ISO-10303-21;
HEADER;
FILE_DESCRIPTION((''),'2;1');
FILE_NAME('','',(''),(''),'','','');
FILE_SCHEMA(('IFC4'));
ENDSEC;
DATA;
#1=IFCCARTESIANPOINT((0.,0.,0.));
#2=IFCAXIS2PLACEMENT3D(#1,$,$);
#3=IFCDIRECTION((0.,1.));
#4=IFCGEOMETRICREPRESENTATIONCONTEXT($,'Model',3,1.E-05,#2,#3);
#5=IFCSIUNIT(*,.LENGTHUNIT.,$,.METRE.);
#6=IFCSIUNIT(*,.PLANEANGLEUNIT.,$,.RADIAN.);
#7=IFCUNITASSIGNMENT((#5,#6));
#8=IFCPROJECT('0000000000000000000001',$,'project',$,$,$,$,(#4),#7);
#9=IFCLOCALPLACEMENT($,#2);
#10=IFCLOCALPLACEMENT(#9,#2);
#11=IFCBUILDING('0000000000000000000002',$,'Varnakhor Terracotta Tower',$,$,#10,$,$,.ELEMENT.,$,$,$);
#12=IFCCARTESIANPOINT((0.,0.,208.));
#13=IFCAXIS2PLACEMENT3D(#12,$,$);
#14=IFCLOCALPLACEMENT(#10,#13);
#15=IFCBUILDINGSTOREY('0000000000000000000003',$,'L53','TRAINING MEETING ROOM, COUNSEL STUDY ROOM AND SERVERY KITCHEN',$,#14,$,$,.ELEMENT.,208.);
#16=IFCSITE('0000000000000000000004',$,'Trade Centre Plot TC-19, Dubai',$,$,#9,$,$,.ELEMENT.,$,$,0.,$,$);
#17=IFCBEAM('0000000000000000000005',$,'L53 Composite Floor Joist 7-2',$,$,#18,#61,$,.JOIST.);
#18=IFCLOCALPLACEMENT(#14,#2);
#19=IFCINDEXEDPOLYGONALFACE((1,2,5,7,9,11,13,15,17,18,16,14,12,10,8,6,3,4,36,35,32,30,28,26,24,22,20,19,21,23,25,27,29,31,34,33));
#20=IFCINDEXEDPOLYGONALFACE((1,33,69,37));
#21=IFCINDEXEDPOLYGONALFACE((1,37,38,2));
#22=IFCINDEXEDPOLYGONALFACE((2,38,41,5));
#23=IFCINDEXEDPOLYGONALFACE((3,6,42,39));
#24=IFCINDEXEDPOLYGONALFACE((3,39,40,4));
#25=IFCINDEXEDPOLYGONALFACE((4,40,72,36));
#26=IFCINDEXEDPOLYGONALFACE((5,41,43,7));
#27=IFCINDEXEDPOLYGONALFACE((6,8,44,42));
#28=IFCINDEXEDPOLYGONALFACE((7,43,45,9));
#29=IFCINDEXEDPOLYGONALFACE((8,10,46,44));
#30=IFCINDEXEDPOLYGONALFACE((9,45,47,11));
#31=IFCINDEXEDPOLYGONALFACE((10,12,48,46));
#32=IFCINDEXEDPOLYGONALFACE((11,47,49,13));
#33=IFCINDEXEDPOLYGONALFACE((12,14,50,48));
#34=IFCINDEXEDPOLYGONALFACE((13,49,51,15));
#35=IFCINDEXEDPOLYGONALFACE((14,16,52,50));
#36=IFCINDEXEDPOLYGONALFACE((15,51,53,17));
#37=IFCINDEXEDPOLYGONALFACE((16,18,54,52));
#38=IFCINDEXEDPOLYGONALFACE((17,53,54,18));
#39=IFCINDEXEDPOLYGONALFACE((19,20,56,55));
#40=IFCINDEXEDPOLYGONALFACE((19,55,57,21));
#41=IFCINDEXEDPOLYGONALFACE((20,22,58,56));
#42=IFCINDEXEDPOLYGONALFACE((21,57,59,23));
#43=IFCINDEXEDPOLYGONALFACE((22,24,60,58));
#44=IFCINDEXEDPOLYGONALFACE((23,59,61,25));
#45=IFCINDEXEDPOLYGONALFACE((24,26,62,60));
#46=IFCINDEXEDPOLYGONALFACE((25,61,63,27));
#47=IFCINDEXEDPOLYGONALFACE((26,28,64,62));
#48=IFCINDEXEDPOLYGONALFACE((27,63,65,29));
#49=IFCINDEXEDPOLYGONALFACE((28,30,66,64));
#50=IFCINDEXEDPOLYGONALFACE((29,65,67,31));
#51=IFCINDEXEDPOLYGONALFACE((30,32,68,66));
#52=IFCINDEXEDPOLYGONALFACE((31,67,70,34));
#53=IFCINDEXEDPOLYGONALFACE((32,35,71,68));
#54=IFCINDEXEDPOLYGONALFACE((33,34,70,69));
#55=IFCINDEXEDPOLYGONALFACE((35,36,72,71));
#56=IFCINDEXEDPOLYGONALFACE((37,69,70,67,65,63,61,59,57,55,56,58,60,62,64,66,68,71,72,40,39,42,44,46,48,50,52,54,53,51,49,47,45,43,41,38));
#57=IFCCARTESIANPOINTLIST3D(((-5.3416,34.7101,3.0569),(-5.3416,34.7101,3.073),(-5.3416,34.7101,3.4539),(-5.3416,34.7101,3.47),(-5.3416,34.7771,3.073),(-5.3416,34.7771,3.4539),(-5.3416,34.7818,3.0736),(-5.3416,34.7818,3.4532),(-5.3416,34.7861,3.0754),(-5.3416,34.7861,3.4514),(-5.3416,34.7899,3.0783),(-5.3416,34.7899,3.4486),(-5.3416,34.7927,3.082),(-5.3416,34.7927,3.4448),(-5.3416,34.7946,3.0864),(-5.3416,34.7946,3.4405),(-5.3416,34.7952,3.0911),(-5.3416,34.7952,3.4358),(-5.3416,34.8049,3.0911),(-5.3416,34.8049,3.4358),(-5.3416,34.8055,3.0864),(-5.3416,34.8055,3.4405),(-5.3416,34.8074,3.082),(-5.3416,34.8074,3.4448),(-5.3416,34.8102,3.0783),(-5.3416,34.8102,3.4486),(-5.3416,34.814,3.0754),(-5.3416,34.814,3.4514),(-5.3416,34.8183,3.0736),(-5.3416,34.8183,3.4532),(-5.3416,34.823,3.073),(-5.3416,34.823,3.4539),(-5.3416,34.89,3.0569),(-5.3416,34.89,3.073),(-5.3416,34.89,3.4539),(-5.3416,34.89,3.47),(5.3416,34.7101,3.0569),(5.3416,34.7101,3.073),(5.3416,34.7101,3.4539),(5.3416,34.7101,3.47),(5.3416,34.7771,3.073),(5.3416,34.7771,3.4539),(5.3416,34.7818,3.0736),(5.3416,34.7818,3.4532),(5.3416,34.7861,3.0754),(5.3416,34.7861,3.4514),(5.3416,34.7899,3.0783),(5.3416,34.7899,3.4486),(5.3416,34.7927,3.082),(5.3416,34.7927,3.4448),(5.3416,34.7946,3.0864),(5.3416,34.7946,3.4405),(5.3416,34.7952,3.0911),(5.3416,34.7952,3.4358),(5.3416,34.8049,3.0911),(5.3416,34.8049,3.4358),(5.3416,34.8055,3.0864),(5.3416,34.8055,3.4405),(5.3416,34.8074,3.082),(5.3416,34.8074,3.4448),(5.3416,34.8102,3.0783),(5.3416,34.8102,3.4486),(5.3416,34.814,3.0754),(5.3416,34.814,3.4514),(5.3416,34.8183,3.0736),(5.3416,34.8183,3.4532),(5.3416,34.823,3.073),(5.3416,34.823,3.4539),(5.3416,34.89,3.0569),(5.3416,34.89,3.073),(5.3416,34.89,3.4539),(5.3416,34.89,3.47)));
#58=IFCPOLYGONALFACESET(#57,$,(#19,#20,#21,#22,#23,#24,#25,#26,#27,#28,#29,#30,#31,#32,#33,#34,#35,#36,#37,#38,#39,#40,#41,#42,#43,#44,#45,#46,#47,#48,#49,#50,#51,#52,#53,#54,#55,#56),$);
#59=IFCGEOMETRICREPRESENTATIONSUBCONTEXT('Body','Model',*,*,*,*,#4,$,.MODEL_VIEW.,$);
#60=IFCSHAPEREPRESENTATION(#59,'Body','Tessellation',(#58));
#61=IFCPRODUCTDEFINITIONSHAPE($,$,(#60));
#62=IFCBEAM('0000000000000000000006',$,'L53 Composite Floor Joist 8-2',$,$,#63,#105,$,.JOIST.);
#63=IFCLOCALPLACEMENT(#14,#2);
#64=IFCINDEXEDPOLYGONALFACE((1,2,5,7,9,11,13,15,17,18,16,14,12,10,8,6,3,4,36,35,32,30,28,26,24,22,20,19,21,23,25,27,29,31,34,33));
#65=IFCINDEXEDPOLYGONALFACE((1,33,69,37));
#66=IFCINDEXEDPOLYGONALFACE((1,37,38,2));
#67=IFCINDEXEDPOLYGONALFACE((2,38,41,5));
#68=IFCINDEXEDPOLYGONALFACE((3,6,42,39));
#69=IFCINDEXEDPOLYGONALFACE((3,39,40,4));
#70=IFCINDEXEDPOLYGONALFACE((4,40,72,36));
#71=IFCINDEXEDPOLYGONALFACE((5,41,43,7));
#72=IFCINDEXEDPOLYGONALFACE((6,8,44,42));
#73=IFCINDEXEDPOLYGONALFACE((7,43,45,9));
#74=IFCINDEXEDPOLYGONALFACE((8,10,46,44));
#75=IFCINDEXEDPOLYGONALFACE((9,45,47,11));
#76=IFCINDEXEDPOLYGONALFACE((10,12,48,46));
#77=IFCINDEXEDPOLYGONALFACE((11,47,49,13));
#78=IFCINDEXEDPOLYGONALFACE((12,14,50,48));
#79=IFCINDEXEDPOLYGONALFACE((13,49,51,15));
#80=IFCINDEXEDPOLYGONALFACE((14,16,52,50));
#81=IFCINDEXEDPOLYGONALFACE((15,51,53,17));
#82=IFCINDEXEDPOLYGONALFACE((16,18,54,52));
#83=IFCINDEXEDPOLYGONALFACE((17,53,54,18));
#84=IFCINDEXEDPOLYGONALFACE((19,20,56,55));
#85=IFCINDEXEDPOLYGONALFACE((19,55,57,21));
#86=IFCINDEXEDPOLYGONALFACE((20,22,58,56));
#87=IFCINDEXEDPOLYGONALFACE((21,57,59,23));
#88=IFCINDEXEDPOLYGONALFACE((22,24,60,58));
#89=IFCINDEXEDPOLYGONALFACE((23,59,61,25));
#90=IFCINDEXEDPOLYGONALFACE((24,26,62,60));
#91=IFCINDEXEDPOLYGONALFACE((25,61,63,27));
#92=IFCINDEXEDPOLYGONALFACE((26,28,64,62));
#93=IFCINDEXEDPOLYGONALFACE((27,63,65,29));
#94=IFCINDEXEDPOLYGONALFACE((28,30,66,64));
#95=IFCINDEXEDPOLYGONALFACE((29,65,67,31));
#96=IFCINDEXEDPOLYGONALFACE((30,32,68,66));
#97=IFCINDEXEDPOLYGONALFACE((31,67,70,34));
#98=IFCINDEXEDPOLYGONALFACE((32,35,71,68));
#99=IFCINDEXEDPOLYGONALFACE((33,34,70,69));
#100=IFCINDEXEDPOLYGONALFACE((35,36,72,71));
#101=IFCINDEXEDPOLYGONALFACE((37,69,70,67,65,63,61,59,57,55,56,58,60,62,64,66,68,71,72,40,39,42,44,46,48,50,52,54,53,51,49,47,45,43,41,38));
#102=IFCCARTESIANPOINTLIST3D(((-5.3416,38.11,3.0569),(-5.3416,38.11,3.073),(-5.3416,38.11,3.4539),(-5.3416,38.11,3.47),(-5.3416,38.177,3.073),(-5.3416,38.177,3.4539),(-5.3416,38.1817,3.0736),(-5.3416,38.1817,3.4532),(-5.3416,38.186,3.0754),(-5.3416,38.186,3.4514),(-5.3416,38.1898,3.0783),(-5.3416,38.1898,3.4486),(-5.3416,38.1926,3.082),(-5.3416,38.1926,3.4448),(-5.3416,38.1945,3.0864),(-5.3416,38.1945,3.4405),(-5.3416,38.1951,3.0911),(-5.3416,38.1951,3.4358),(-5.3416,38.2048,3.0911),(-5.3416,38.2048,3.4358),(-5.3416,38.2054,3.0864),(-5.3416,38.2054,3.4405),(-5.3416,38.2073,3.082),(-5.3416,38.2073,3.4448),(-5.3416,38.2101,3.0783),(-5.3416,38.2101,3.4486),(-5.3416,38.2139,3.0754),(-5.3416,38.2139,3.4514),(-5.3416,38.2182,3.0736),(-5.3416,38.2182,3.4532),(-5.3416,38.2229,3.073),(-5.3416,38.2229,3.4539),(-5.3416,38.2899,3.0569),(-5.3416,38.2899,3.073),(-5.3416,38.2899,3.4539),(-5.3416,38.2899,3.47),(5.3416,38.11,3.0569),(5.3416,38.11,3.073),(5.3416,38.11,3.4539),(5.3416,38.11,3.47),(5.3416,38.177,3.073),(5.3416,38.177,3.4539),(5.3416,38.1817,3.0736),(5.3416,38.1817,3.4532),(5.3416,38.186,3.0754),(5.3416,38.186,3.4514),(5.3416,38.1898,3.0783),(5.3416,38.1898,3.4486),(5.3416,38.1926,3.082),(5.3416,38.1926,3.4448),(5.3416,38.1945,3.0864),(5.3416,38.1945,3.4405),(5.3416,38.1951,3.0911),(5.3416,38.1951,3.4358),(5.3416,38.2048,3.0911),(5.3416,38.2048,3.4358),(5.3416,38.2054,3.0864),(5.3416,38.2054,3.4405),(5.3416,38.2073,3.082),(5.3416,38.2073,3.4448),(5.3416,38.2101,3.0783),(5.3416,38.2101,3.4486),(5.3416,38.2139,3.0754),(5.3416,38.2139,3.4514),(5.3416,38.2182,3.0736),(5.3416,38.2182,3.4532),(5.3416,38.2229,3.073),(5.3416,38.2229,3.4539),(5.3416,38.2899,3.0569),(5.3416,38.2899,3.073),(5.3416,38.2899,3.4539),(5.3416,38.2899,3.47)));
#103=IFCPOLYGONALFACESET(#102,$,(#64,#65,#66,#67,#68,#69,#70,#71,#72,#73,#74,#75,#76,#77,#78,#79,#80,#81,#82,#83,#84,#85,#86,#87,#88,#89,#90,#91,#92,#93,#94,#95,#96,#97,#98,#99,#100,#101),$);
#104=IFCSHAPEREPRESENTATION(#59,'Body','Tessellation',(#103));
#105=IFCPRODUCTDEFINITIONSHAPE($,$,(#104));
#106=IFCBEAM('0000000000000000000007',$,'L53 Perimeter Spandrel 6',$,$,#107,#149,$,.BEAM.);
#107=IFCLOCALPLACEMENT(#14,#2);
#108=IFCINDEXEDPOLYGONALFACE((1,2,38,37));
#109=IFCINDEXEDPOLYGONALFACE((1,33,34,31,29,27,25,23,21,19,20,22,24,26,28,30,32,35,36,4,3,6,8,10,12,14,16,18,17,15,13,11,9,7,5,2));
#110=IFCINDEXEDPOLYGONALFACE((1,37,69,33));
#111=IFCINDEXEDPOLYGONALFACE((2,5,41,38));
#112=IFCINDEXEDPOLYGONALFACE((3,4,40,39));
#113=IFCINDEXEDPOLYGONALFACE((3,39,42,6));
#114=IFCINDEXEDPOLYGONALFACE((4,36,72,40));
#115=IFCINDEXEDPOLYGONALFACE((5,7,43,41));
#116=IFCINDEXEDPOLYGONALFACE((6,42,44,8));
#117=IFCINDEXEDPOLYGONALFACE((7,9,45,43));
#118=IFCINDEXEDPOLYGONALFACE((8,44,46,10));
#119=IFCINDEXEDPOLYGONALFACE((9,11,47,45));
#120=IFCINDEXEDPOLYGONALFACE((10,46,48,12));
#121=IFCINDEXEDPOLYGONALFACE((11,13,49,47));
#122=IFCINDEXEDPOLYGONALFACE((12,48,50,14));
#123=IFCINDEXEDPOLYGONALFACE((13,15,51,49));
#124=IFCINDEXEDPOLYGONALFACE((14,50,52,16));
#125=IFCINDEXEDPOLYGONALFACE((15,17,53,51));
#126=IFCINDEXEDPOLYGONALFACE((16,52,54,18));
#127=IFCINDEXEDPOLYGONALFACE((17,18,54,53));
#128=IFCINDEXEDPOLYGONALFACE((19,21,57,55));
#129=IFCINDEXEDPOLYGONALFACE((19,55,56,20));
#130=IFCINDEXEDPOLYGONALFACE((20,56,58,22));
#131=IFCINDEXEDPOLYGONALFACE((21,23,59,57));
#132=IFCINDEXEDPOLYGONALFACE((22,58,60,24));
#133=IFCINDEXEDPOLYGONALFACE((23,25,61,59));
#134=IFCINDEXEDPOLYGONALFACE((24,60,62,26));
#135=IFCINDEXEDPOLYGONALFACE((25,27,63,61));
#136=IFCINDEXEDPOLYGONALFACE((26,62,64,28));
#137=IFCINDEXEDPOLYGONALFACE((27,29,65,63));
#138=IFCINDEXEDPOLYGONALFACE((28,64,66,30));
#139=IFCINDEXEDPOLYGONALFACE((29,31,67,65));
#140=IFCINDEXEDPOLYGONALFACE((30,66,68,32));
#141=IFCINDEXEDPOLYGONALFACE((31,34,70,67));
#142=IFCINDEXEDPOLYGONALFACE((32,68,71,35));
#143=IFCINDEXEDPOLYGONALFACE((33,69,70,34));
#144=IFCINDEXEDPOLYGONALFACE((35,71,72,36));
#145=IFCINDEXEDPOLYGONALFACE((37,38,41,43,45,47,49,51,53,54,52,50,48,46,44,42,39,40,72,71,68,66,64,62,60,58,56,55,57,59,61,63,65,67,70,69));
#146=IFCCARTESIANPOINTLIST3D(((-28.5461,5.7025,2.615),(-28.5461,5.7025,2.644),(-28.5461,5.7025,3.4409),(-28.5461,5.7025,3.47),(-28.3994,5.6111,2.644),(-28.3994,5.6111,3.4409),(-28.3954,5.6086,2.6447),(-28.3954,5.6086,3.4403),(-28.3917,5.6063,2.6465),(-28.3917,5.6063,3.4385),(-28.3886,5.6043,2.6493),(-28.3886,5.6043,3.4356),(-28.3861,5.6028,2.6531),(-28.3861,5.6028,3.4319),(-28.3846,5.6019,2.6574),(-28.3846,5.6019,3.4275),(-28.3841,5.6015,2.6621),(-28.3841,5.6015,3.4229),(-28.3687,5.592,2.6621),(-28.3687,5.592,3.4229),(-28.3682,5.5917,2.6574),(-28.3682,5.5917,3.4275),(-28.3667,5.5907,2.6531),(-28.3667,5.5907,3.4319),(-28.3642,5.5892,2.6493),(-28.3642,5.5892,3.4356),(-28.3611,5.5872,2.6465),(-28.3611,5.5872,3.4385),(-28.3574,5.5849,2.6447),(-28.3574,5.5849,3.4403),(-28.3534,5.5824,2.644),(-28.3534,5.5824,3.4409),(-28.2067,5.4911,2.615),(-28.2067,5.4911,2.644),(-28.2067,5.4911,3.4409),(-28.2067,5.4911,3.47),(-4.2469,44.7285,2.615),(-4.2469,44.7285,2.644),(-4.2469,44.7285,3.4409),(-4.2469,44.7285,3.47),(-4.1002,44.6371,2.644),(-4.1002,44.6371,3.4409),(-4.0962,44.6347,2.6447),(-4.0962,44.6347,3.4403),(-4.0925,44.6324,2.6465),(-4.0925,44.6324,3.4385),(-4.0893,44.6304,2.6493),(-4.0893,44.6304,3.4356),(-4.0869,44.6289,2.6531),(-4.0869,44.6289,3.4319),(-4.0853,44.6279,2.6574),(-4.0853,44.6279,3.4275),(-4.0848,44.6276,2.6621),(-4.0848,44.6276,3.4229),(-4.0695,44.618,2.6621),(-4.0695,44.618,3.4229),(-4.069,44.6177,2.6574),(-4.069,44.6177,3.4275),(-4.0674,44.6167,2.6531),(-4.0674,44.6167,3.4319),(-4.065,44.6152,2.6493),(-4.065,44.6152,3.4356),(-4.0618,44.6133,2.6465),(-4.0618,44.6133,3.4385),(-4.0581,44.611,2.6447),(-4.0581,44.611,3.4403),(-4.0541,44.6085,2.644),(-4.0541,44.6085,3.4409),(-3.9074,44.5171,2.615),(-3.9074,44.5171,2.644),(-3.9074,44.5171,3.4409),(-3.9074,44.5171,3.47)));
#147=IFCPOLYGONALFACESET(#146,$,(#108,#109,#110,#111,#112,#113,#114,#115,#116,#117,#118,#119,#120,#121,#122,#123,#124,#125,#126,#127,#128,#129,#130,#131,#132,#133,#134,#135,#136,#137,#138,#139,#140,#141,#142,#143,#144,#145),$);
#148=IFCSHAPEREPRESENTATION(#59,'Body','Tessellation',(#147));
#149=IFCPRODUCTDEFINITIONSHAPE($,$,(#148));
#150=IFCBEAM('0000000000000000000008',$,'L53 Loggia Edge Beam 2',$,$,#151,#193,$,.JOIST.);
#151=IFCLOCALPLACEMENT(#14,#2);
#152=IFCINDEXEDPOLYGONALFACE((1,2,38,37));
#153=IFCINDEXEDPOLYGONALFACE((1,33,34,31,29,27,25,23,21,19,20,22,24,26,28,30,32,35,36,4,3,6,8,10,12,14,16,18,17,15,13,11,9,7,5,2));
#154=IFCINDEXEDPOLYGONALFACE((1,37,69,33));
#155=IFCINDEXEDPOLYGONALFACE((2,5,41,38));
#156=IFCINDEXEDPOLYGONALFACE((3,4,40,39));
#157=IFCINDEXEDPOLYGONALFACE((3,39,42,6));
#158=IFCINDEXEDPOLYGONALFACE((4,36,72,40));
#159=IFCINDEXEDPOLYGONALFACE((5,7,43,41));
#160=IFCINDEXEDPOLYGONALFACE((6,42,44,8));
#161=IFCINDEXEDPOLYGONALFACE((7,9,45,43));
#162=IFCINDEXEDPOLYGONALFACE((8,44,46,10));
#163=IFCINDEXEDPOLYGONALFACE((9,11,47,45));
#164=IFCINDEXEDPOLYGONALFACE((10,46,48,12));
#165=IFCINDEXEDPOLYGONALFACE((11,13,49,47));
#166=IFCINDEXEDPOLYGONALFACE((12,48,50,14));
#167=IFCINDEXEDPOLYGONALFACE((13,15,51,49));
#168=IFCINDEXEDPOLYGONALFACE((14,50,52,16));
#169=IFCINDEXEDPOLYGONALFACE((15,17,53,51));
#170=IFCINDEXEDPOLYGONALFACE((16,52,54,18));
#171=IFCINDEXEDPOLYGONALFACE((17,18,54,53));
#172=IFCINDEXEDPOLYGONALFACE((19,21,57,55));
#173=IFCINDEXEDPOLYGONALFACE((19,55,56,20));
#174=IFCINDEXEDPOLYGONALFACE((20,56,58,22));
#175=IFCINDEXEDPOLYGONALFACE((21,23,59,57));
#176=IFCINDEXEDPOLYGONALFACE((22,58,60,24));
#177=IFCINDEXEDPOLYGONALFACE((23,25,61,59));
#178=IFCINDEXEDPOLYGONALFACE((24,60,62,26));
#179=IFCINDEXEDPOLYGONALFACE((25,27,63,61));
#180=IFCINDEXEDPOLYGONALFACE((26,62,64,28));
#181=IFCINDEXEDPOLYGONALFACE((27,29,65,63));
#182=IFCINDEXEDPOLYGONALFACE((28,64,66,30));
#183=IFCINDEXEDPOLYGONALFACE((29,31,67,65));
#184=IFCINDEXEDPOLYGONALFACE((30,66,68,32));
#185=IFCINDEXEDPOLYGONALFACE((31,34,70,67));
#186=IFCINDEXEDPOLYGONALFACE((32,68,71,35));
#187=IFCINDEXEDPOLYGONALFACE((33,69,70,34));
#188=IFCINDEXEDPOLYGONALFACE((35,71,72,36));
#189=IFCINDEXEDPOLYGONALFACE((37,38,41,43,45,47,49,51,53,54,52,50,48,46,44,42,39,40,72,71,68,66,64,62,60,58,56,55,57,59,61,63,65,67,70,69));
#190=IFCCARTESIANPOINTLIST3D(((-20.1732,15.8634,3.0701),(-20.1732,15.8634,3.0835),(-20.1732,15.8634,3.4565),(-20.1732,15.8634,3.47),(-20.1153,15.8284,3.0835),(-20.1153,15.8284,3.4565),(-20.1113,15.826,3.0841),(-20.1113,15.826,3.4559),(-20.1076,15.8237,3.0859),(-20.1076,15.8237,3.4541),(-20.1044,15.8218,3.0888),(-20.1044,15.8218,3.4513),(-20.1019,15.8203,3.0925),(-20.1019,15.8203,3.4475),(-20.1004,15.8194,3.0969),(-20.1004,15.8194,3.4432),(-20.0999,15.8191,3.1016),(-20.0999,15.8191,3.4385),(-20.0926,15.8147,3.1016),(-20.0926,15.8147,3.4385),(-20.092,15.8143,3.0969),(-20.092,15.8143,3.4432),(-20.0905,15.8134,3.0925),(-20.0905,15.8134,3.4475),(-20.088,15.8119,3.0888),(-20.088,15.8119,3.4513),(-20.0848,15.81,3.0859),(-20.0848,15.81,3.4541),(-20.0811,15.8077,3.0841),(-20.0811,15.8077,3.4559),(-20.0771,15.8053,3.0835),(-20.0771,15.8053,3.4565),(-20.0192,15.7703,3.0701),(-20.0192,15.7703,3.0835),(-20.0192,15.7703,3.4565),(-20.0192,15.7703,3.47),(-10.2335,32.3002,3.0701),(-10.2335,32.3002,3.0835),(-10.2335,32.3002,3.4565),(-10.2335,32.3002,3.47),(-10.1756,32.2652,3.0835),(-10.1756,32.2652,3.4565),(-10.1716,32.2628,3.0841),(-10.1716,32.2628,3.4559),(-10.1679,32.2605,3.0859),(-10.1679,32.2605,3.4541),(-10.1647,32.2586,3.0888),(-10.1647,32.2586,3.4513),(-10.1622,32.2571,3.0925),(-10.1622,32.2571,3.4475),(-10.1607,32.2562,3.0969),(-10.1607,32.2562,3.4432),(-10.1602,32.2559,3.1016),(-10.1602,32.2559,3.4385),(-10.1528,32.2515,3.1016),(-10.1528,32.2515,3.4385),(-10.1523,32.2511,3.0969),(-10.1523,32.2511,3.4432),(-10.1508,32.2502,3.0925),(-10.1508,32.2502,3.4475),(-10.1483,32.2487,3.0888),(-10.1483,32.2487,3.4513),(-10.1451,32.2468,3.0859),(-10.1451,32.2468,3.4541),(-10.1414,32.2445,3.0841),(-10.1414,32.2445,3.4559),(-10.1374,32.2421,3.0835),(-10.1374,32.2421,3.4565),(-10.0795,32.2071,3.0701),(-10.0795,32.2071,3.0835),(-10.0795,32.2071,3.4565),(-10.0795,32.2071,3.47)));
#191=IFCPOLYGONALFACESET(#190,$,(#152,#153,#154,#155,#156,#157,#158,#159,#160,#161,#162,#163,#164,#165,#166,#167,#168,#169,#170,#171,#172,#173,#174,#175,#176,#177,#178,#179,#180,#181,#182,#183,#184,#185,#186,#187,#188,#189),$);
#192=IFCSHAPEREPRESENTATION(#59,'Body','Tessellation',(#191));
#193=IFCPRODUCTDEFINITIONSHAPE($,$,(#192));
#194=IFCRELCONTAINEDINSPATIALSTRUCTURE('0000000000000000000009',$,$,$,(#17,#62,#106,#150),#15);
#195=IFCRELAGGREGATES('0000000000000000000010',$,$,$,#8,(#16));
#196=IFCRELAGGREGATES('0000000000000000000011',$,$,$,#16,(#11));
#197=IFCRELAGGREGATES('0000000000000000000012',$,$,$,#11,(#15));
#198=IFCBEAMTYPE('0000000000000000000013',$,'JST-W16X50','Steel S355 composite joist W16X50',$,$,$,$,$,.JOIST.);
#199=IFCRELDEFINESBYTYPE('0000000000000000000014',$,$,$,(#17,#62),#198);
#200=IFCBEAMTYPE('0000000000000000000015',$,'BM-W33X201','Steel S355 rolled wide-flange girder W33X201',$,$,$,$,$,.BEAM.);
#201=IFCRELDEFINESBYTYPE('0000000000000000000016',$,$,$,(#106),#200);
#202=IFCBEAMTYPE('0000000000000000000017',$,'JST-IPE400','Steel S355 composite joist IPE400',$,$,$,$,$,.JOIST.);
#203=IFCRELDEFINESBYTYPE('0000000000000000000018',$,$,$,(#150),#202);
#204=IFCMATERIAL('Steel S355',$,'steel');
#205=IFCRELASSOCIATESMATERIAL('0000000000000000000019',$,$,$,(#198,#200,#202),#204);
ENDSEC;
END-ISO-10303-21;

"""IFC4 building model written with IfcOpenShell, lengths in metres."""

from ifc_helpers import new_model, si_unit, direction, frame, origin, origin_2d, place, context, subcontext, project, spatial, i_section, extrude, source, transform, mapped, material, material_profile, profile_set, type_object, element, save


model = new_model("IFC4")

# Units and contexts
model_context = context("Model", 3, precision=1e-05, world=origin(), true_north=direction((0.0, 1.0)))
body_context = subcontext(model_context, "Body", "Model", "MODEL_VIEW")
ifc_project = project(units=[si_unit("LENGTHUNIT", "METRE"), si_unit("PLANEANGLEUNIT", "RADIAN")], contexts=[model_context])

# Site, building, storey
site_placement = place(None, origin())
site = spatial("IfcSite", under=ifc_project, at=site_placement, Name="Trade Centre Plot TC-19, Dubai", CompositionType="ELEMENT", RefElevation=0.0)
building_placement = place(site_placement, origin())
building = spatial("IfcBuilding", under=site, at=building_placement, Name="Varnakhor Terracotta Tower", CompositionType="ELEMENT")
storey_placement = place(building_placement, frame((0.0, 0.0, 208.0)))
storey = spatial("IfcBuildingStorey", under=building, at=storey_placement, Name="L53", Description="TRAINING MEETING ROOM, COUNSEL STUDY ROOM AND SERVERY KITCHEN", CompositionType="ELEMENT", Elevation=208.0)

# Beams
ifc_material_1 = material(Name="Steel S355", Category="steel")
ifc_material_profile_1 = material_profile(ifc_material_1, i_section(OverallWidth=0.1799, OverallDepth=0.4131, WebThickness=0.0098, FlangeThickness=0.0161, FilletRadius=0.0181, at=origin_2d()), Name="W16X50")
ifc_profile_set_1 = profile_set([ifc_material_profile_1], Name="Steel S355")
beam_type_1 = type_object("IfcBeamType", Name="JST-W16X50", Description="Steel S355 composite joist W16X50", PredefinedType="JOIST", material=ifc_profile_set_1)
shared_shape_1 = source(origin(), body_context, "Body", "SweptSolid", [
    extrude(i_section(OverallWidth=0.1799, OverallDepth=0.4131, WebThickness=0.0098, FlangeThickness=0.0161, FilletRadius=0.0181, at=origin_2d()), origin(), (0.0, 0.0, 1.0), 10.6831),
])
for number, where, z_axis, x_axis, name in (
    (1, (-5.3416, 34.8, 3.2634), (1.0, 0.0, 0.0), (0.0, 1.0, 0.0), "L53 Composite Floor Joist 7-2"),
    (2, (-5.3416, 38.2, 3.2634), (1.0, 0.0, 0.0), (0.0, 1.0, 0.0), "L53 Composite Floor Joist 8-2"),
):
    element("IfcBeam", number, at=place(storey_placement, frame(where, z_axis=z_axis, x_axis=x_axis)), inside=storey, type_object=beam_type_1, Name=name, PredefinedType="JOIST", context=body_context, shape_type="MappedRepresentation", body=[
        mapped(shared_shape_1, transform((0.0, 0.0, 0.0), scale=1.0)),
    ])
ifc_material_profile_2 = material_profile(ifc_material_1, i_section(OverallWidth=0.3999, OverallDepth=0.855, WebThickness=0.0181, FlangeThickness=0.0291, FilletRadius=0.0181, at=origin_2d()), Name="W33X201")
ifc_profile_set_2 = profile_set([ifc_material_profile_2], Name="Steel S355")
beam_type_2 = type_object("IfcBeamType", Name="BM-W33X201", Description="Steel S355 rolled wide-flange girder W33X201", PredefinedType="BEAM", material=ifc_profile_set_2)
shared_shape_2 = source(origin(), body_context, "Body", "SweptSolid", [
    extrude(i_section(OverallWidth=0.3999, OverallDepth=0.855, WebThickness=0.0181, FlangeThickness=0.0291, FilletRadius=0.0181, at=origin_2d()), origin(), (0.0, 0.0, 1.0), 45.9727),
])
beam_1_placement = place(storey_placement, frame((-4.0771, 44.6228, 3.0425), z_axis=(-0.528559, -0.848897, 0.0), x_axis=(0.848897, -0.528559, 0.0)))
element("IfcBeam", 3, at=beam_1_placement, inside=storey, type_object=beam_type_2, Name="L53 Perimeter Spandrel 6", PredefinedType="BEAM", context=body_context, shape_type="MappedRepresentation", body=[
    mapped(shared_shape_2, transform((0.0, 0.0, 0.0), scale=1.0)),
])
ifc_material_profile_3 = material_profile(ifc_material_1, i_section(OverallWidth=0.1799, OverallDepth=0.3999, WebThickness=0.0085, FlangeThickness=0.0134, FilletRadius=0.0181, at=origin_2d()), Name="IPE400")
ifc_profile_set_3 = profile_set([ifc_material_profile_3], Name="Steel S355")
beam_type_3 = type_object("IfcBeamType", Name="JST-IPE400", Description="Steel S355 composite joist IPE400", PredefinedType="JOIST", material=ifc_profile_set_3)
shared_shape_3 = source(origin(), body_context, "Body", "SweptSolid", [
    extrude(i_section(OverallWidth=0.1799, OverallDepth=0.3999, WebThickness=0.0085, FlangeThickness=0.0134, FilletRadius=0.0181, at=origin_2d()), origin(), (0.0, 0.0, 1.0), 19.2085),
])
beam_2_placement = place(storey_placement, frame((-10.1565, 32.2537, 3.27), z_axis=(-0.517465, -0.855705, 0.0), x_axis=(0.855705, -0.517465, 0.0)))
element("IfcBeam", 4, at=beam_2_placement, inside=storey, type_object=beam_type_3, Name="L53 Loggia Edge Beam 2", PredefinedType="JOIST", context=body_context, shape_type="MappedRepresentation", body=[
    mapped(shared_shape_3, transform((0.0, 0.0, 0.0), scale=1.0)),
])

save(model, "model.ifc")
